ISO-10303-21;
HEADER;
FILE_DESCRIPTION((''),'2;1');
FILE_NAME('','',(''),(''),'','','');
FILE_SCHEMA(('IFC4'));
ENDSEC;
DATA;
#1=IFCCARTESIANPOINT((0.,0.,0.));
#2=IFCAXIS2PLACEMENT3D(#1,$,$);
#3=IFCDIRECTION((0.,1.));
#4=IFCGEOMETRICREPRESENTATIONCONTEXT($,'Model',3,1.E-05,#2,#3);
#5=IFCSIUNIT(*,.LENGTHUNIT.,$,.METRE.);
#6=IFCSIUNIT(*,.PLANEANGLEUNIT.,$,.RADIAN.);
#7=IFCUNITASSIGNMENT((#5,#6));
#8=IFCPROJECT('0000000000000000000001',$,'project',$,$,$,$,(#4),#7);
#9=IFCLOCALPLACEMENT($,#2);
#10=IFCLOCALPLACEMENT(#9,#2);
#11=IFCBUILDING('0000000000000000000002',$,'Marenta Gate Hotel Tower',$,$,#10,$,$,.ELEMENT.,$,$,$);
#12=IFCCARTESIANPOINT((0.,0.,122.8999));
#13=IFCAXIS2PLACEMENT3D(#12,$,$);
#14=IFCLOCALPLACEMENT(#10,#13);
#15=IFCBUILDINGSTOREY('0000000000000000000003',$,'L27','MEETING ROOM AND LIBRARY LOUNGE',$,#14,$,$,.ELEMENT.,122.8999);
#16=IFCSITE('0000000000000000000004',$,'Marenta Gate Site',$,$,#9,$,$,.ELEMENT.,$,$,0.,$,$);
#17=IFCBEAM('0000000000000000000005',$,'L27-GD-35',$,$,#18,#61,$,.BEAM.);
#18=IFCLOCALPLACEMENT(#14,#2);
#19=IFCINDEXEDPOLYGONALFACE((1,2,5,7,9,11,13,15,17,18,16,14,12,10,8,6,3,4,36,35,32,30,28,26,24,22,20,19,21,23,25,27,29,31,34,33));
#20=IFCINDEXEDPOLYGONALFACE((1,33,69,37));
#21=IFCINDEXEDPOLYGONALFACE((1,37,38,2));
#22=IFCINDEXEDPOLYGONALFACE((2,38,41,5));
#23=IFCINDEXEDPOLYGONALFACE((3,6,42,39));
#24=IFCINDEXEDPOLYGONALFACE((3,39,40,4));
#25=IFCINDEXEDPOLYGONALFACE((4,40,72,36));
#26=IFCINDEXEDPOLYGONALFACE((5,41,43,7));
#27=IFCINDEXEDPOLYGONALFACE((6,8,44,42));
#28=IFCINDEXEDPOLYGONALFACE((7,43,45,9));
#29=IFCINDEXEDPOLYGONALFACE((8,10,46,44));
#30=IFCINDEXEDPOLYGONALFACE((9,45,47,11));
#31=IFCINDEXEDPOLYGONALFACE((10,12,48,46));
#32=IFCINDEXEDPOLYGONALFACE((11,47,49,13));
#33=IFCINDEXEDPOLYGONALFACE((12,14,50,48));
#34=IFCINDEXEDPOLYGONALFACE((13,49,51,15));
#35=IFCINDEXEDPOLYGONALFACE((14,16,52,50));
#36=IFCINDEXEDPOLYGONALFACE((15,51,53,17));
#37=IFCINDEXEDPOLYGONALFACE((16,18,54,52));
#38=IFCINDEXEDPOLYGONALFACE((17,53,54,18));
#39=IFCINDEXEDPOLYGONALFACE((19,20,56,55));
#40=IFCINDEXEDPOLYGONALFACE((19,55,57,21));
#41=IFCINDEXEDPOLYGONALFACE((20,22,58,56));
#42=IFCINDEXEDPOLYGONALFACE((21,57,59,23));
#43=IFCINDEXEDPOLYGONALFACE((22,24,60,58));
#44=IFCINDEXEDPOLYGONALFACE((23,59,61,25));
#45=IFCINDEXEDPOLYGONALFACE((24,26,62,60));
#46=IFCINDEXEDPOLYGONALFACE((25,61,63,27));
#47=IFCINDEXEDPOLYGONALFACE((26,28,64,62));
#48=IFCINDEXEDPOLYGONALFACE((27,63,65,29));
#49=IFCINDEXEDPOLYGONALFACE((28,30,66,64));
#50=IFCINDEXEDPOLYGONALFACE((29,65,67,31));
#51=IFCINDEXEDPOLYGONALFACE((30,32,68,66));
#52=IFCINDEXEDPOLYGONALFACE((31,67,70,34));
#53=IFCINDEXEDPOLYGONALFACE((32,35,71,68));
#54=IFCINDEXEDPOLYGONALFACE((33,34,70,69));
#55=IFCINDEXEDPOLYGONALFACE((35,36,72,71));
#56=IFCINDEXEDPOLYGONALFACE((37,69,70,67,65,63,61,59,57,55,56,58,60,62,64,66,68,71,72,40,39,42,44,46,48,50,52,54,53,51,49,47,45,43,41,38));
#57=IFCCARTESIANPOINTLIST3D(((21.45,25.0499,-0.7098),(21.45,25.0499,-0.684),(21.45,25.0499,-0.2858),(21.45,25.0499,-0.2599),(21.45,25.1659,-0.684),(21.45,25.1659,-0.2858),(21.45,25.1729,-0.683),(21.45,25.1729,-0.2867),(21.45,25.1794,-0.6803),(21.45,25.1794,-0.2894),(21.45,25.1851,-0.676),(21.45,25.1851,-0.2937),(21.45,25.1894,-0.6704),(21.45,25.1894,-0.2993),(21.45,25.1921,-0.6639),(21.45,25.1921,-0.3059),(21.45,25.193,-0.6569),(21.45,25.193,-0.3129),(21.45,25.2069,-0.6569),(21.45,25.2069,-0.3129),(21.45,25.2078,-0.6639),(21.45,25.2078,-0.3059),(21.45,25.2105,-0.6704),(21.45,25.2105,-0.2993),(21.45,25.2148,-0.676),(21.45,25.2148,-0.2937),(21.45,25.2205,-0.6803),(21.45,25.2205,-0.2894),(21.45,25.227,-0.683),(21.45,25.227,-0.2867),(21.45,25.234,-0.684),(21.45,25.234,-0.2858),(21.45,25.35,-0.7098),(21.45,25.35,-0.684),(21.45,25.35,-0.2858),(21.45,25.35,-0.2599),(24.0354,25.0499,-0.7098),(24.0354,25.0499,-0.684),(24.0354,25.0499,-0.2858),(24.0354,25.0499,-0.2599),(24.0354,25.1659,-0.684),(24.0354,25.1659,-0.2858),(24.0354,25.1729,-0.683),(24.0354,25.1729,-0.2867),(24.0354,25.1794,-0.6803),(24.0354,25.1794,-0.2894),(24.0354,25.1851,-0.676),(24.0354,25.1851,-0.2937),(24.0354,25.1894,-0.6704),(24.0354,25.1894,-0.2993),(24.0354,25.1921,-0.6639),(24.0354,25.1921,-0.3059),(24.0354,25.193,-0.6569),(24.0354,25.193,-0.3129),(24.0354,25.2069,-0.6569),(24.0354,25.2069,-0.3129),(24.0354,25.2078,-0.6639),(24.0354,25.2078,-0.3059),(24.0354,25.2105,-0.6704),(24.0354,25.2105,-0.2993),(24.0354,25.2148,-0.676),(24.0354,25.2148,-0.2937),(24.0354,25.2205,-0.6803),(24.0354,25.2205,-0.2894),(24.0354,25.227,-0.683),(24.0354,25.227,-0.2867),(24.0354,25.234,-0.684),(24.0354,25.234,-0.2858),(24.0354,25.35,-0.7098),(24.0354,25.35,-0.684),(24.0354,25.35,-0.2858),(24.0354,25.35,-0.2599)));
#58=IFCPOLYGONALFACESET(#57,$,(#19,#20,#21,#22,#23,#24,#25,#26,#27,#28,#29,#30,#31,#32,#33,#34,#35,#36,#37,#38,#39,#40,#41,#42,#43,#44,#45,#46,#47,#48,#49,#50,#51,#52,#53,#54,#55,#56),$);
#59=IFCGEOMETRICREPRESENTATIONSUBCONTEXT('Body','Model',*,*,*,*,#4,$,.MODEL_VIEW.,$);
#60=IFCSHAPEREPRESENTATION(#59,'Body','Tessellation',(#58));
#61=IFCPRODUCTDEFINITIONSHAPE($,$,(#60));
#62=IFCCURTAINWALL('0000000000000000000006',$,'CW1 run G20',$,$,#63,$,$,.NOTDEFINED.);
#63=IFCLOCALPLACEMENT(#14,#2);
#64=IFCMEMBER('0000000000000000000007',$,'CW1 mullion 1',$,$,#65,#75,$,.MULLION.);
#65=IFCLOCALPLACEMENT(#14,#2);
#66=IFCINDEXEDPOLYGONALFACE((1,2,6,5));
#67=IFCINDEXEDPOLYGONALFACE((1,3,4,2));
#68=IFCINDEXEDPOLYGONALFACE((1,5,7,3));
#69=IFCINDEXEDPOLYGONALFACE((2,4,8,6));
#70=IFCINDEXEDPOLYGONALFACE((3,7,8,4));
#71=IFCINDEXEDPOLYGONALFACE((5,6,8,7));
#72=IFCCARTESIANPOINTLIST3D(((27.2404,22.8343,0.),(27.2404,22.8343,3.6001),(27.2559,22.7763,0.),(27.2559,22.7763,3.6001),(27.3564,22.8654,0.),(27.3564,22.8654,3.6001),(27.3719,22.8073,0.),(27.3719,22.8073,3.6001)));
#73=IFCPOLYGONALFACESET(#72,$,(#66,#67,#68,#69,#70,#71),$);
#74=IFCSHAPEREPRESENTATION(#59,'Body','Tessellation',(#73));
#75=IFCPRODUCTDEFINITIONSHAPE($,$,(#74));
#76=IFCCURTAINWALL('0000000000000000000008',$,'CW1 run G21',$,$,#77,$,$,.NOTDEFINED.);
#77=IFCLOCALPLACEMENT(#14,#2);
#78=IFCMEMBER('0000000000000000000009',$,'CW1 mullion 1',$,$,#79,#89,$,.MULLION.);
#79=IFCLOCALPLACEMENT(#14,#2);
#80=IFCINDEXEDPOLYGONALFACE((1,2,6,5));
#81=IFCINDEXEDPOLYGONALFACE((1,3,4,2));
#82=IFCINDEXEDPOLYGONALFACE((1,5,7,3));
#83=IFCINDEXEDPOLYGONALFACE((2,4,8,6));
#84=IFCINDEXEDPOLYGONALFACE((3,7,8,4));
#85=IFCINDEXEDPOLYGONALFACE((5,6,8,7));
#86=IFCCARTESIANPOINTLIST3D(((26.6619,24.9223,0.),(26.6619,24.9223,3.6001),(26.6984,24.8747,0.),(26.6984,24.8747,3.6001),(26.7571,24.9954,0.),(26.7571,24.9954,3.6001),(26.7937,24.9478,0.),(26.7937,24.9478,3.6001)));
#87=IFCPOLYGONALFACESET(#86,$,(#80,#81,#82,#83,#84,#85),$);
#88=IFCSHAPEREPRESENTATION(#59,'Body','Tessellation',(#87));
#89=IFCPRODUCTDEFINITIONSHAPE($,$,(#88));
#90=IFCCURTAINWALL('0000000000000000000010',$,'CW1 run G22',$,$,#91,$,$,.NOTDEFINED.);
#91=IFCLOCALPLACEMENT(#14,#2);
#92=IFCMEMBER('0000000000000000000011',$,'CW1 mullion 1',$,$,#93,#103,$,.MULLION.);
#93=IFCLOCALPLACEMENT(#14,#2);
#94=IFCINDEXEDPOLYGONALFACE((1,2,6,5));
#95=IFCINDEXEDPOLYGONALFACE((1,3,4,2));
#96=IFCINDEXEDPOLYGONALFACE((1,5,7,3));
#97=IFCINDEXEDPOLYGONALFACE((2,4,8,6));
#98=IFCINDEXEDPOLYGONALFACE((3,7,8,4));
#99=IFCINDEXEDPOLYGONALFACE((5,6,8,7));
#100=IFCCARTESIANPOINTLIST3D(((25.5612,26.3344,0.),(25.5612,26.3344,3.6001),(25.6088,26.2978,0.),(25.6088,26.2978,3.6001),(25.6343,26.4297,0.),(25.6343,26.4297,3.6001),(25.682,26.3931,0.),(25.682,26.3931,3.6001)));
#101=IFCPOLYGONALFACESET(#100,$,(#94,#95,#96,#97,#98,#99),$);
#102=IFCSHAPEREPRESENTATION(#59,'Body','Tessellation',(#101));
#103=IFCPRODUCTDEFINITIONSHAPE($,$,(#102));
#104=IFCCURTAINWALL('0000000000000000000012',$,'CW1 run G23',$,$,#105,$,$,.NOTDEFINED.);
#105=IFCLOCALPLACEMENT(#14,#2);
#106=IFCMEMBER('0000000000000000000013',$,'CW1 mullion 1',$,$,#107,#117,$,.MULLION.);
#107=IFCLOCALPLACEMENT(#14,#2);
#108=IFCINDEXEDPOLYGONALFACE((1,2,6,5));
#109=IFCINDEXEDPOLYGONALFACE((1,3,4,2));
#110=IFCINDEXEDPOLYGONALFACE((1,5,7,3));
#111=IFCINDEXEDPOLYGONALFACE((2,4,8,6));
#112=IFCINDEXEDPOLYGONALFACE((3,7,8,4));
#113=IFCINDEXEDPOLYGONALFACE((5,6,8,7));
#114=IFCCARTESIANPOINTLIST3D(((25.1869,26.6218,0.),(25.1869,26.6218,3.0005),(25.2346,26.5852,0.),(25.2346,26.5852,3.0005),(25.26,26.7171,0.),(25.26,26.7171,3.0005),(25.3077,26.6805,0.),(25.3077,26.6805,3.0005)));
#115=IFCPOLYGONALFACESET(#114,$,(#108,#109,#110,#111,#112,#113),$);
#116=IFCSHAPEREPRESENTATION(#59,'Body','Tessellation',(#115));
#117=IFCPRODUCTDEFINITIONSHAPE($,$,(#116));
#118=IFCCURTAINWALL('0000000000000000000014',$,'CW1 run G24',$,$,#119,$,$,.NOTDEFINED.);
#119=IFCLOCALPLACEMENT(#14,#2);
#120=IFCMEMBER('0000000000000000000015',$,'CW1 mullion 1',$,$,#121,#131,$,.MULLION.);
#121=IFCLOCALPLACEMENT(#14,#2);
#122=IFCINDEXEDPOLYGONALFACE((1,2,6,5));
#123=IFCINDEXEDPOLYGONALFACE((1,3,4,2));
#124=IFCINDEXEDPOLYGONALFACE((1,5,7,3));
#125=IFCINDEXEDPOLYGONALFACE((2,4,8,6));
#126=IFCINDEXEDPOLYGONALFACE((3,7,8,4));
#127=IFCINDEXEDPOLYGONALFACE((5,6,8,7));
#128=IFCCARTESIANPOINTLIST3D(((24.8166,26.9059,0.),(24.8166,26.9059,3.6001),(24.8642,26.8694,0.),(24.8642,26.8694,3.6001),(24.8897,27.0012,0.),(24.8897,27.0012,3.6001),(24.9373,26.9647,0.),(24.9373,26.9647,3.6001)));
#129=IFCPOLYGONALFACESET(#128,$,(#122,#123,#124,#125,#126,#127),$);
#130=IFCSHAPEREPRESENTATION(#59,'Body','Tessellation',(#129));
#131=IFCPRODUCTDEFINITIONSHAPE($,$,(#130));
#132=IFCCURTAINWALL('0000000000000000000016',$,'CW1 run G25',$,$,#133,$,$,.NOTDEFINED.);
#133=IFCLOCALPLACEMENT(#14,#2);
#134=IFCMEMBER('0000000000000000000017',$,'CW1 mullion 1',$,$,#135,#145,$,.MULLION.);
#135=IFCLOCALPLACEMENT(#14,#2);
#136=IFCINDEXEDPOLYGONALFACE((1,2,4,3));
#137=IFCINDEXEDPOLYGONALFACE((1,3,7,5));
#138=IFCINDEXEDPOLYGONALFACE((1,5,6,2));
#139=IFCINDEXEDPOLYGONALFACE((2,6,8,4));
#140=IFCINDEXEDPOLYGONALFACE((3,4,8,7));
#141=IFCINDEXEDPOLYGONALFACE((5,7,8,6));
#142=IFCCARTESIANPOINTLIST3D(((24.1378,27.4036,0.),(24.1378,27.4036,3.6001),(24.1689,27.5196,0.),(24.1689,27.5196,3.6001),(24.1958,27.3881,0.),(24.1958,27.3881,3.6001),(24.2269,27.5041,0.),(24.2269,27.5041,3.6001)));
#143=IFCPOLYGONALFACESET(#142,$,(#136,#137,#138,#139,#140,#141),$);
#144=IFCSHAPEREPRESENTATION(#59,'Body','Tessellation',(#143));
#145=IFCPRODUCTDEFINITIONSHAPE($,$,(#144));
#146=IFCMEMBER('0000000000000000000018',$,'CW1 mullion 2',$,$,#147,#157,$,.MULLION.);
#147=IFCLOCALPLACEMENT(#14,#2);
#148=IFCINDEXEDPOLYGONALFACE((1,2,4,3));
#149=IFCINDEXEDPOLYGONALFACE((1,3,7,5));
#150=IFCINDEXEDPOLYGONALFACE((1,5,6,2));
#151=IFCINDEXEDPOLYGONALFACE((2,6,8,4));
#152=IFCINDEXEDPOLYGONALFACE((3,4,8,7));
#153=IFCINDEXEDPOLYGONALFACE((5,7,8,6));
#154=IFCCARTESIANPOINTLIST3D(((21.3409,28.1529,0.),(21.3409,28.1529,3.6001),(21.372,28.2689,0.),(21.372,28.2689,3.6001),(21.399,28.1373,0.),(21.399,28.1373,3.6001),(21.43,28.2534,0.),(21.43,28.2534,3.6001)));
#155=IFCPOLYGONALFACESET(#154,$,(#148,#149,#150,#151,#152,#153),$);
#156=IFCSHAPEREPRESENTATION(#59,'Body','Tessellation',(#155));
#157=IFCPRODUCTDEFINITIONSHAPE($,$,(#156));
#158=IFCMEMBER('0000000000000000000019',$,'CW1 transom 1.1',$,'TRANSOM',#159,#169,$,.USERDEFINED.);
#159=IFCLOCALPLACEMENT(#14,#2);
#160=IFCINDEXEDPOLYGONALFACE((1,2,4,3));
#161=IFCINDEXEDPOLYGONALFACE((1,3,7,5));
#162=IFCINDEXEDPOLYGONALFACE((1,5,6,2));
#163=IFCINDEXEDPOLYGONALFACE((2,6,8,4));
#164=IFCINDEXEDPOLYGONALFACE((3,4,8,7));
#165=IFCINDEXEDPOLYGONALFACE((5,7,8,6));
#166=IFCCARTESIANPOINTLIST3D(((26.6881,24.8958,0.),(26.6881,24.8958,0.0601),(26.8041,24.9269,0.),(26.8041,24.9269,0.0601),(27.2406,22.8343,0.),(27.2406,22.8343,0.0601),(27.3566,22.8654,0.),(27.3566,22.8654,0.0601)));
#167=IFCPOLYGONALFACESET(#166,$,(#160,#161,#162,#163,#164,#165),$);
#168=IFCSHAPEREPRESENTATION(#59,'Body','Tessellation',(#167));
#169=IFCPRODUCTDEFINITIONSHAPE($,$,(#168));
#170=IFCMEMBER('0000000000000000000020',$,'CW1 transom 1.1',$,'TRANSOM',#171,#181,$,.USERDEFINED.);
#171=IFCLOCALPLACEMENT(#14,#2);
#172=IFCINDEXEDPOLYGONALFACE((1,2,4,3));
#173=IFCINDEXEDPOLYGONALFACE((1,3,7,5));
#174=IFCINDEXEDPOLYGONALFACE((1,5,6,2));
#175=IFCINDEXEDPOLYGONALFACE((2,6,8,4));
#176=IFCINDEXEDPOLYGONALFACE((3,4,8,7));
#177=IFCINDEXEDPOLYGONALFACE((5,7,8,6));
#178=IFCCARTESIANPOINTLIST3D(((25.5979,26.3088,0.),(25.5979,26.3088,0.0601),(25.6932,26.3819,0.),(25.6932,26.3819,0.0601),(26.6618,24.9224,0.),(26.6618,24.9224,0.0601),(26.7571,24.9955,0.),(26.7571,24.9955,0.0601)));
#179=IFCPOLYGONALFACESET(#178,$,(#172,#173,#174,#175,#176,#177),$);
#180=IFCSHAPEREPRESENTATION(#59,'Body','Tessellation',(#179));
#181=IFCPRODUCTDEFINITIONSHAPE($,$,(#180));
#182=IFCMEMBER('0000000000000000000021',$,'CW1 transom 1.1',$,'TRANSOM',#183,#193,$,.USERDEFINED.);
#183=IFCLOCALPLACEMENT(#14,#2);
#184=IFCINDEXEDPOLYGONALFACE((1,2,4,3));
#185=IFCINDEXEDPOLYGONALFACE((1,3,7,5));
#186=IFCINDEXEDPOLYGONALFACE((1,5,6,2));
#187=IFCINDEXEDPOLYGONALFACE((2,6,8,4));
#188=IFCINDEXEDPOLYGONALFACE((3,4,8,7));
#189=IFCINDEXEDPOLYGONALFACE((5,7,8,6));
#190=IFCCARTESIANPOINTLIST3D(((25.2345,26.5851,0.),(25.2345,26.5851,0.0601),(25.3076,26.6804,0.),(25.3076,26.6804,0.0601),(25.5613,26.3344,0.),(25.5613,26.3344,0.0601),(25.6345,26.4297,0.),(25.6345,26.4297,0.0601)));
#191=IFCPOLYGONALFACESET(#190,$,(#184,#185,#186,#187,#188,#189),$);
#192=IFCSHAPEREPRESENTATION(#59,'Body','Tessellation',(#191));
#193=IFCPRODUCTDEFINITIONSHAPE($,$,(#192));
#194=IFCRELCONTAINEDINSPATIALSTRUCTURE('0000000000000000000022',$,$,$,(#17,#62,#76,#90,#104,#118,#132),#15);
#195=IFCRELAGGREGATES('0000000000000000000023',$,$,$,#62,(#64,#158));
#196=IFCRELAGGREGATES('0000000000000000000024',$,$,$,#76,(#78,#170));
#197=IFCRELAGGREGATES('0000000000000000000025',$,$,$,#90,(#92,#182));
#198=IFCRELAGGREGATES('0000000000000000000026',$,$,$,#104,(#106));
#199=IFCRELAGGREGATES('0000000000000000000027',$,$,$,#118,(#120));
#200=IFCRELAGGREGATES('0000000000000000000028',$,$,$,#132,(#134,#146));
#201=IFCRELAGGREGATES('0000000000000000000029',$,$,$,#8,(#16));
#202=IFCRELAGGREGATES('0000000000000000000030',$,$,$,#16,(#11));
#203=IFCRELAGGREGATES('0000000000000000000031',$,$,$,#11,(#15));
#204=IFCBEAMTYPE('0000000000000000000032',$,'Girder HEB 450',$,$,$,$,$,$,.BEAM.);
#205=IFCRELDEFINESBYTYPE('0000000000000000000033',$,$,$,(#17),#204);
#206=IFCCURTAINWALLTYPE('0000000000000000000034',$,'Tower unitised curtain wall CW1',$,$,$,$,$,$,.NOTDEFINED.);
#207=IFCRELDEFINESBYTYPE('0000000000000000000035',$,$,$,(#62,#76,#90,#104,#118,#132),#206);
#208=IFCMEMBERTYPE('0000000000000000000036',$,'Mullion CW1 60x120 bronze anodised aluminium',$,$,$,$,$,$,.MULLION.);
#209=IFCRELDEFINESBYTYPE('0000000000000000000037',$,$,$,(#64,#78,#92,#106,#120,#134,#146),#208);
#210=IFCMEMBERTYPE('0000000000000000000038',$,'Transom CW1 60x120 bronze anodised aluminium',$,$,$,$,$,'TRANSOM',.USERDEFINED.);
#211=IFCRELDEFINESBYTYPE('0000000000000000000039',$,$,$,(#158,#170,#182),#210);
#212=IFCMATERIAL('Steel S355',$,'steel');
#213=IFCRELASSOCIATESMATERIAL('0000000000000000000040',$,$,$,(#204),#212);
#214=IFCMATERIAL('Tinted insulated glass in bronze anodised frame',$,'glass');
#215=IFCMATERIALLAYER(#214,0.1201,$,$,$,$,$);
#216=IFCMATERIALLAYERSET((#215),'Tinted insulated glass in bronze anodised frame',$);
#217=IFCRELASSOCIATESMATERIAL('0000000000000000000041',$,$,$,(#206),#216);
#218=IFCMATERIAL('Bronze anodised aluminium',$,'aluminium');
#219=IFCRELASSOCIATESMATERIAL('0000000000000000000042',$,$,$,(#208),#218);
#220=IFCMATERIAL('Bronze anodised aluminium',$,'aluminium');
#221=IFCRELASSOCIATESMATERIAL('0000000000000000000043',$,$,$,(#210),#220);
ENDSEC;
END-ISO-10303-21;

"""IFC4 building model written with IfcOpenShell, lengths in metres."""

from ifc_helpers import new_model, si_unit, direction, frame, origin, origin_2d, place, context, subcontext, project, spatial, rectangle, i_section, extrude, material, layer, layer_set, material_profile, profile_set, type_object, element, aggregate, save


model = new_model("IFC4")

# Units and contexts
model_context = context("Model", 3, precision=1e-05, world=origin(), true_north=direction((0.0, 1.0)))
body_context = subcontext(model_context, "Body", "Model", "MODEL_VIEW")
ifc_project = project(units=[si_unit("LENGTHUNIT", "METRE"), si_unit("PLANEANGLEUNIT", "RADIAN")], contexts=[model_context])

# Site, building, storey
site_placement = place(None, origin())
site = spatial("IfcSite", under=ifc_project, at=site_placement, Name="Marenta Gate Site", CompositionType="ELEMENT", RefElevation=0.0)
building_placement = place(site_placement, origin())
building = spatial("IfcBuilding", under=site, at=building_placement, Name="Marenta Gate Hotel Tower", CompositionType="ELEMENT")
storey_placement = place(building_placement, frame((0.0, 0.0, 122.8999)))
storey = spatial("IfcBuildingStorey", under=building, at=storey_placement, Name="L27", Description="MEETING ROOM AND LIBRARY LOUNGE", CompositionType="ELEMENT", Elevation=122.8999)

# Beam
ifc_material_1 = material(Name="Steel S355", Category="steel")
ifc_material_profile_1 = material_profile(ifc_material_1, i_section(OverallWidth=0.3, OverallDepth=0.45, WebThickness=0.0139, FlangeThickness=0.0259, FilletRadius=0.0271, at=origin_2d()), Name="HEB 450")
ifc_profile_set_1 = profile_set([ifc_material_profile_1], Name="Steel S355")
beam_type_1 = type_object("IfcBeamType", Name="Girder HEB 450", PredefinedType="BEAM", material=ifc_profile_set_1)
beam_1_placement = place(storey_placement, frame((21.45, 25.2, -0.4849), z_axis=(1.0, 0.0, 0.0), x_axis=(0.0, 1.0, 0.0)))
element("IfcBeam", 1, at=beam_1_placement, inside=storey, type_object=beam_type_1, Name="L27-GD-35", PredefinedType="BEAM", context=body_context, shape_type="SweptSolid", body=[
    extrude(i_section(OverallWidth=0.3, OverallDepth=0.45, WebThickness=0.0139, FlangeThickness=0.0259, FilletRadius=0.0271, at=origin_2d()), origin(), (0.0, 0.0, 1.0), 2.5854),
])

# Curtain walls, members
ifc_material_2 = material(Name="Tinted insulated glass in bronze anodised frame", Category="glass")
ifc_layer_1 = layer(ifc_material_2, 0.1201)
ifc_layer_set_1 = layer_set([ifc_layer_1], Name="Tinted insulated glass in bronze anodised frame")
curtain_wall_type = type_object("IfcCurtainWallType", Name="Tower unitised curtain wall CW1", PredefinedType="NOTDEFINED", material=ifc_layer_set_1)
curtain_wall_1_placement = place(storey_placement, origin())
curtain_wall_1 = element("IfcCurtainWall", 2, at=curtain_wall_1_placement, inside=storey, type_object=curtain_wall_type, Name="CW1 run G20", PredefinedType="NOTDEFINED")
ifc_material_3 = material(Name="Bronze anodised aluminium", Category="aluminium")
ifc_material_profile_2 = material_profile(ifc_material_3, rectangle(XDim=0.1201, YDim=0.0601, at=origin_2d()), Name="Mullion CW1 60x120 bronze anodised aluminium")
ifc_profile_set_2 = profile_set([ifc_material_profile_2], Name="Bronze anodised aluminium")
member_type_1 = type_object("IfcMemberType", Name="Mullion CW1 60x120 bronze anodised aluminium", PredefinedType="MULLION", material=ifc_profile_set_2)
member_1_placement = place(storey_placement, frame((27.3062, 22.8208, 0.0), z_axis=(0.0, 0.0, 1.0), x_axis=(-0.965925, -0.258823, 0.0)))
member_1 = element("IfcMember", 3, at=member_1_placement, type_object=member_type_1, Name="CW1 mullion 1", PredefinedType="MULLION", context=body_context, shape_type="SweptSolid", body=[
    extrude(rectangle(XDim=0.1201, YDim=0.0601, at=origin_2d()), origin(), (0.0, 0.0, 1.0), 3.6001),
])
curtain_wall_2_placement = place(storey_placement, origin())
curtain_wall_2 = element("IfcCurtainWall", 4, at=curtain_wall_2_placement, inside=storey, type_object=curtain_wall_type, Name="CW1 run G21", PredefinedType="NOTDEFINED")
member_2_placement = place(storey_placement, frame((26.7278, 24.9351, 0.0), z_axis=(0.0, 0.0, 1.0), x_axis=(-0.793327, -0.608796, 0.0)))
member_2 = element("IfcMember", 5, at=member_2_placement, type_object=member_type_1, Name="CW1 mullion 1", PredefinedType="MULLION", context=body_context, shape_type="SweptSolid", body=[
    extrude(rectangle(XDim=0.1201, YDim=0.0601, at=origin_2d()), origin(), (0.0, 0.0, 1.0), 3.6001),
])
curtain_wall_3_placement = place(storey_placement, origin())
curtain_wall_3 = element("IfcCurtainWall", 6, at=curtain_wall_3_placement, inside=storey, type_object=curtain_wall_type, Name="CW1 run G22", PredefinedType="NOTDEFINED")
member_3_placement = place(storey_placement, frame((25.6216, 26.3638, 0.0), z_axis=(0.0, 0.0, 1.0), x_axis=(-0.608778, -0.79334, 0.0)))
member_3 = element("IfcMember", 7, at=member_3_placement, type_object=member_type_1, Name="CW1 mullion 1", PredefinedType="MULLION", context=body_context, shape_type="SweptSolid", body=[
    extrude(rectangle(XDim=0.1201, YDim=0.0601, at=origin_2d()), origin(), (0.0, 0.0, 1.0), 3.6001),
])
curtain_wall_4_placement = place(storey_placement, origin())
curtain_wall_4 = element("IfcCurtainWall", 8, at=curtain_wall_4_placement, inside=storey, type_object=curtain_wall_type, Name="CW1 run G23", PredefinedType="NOTDEFINED")
member_4_placement = place(storey_placement, frame((25.2473, 26.6511, 0.0), z_axis=(0.0, 0.0, 1.0), x_axis=(-0.608737, -0.793372, 0.0)))
member_4 = element("IfcMember", 9, at=member_4_placement, type_object=member_type_1, Name="CW1 mullion 1", PredefinedType="MULLION", context=body_context, shape_type="SweptSolid", body=[
    extrude(rectangle(XDim=0.1201, YDim=0.0601, at=origin_2d()), origin(), (0.0, 0.0, 1.0), 3.0005),
])
curtain_wall_5_placement = place(storey_placement, origin())
curtain_wall_5 = element("IfcCurtainWall", 10, at=curtain_wall_5_placement, inside=storey, type_object=curtain_wall_type, Name="CW1 run G24", PredefinedType="NOTDEFINED")
member_5_placement = place(storey_placement, frame((24.877, 26.9353, 0.0), z_axis=(0.0, 0.0, 1.0), x_axis=(-0.608837, -0.793295, 0.0)))
member_5 = element("IfcMember", 11, at=member_5_placement, type_object=member_type_1, Name="CW1 mullion 1", PredefinedType="MULLION", context=body_context, shape_type="SweptSolid", body=[
    extrude(rectangle(XDim=0.1201, YDim=0.0601, at=origin_2d()), origin(), (0.0, 0.0, 1.0), 3.6001),
])

# Curtain wall, members
curtain_wall_6_placement = place(storey_placement, origin())
curtain_wall_6 = element("IfcCurtainWall", 12, at=curtain_wall_6_placement, inside=storey, type_object=curtain_wall_type, Name="CW1 run G25", PredefinedType="NOTDEFINED")
member_6_placement = place(storey_placement, frame((24.1824, 27.4539, 0.0), z_axis=(0.0, 0.0, 1.0), x_axis=(-0.258806, -0.965929, 0.0)))
member_6 = element("IfcMember", 13, at=member_6_placement, type_object=member_type_1, Name="CW1 mullion 1", PredefinedType="MULLION", context=body_context, shape_type="SweptSolid", body=[
    extrude(rectangle(XDim=0.1201, YDim=0.0601, at=origin_2d()), origin(), (0.0, 0.0, 1.0), 3.6001),
])
member_7_placement = place(storey_placement, frame((21.3855, 28.2031, 0.0), z_axis=(0.0, 0.0, 1.0), x_axis=(-0.258806, -0.965929, 0.0)))
member_7 = element("IfcMember", 14, at=member_7_placement, type_object=member_type_1, Name="CW1 mullion 2", PredefinedType="MULLION", context=body_context, shape_type="SweptSolid", body=[
    extrude(rectangle(XDim=0.1201, YDim=0.0601, at=origin_2d()), origin(), (0.0, 0.0, 1.0), 3.6001),
])

# Members
ifc_material_4 = material(Name="Bronze anodised aluminium", Category="aluminium")
ifc_material_profile_3 = material_profile(ifc_material_4, rectangle(XDim=0.1201, YDim=0.0601, at=origin_2d()), Name="Transom CW1 60x120 bronze anodised aluminium")
ifc_profile_set_3 = profile_set([ifc_material_profile_3], Name="Bronze anodised aluminium")
member_type_2 = type_object("IfcMemberType", Name="Transom CW1 60x120 bronze anodised aluminium", ElementType="TRANSOM", PredefinedType="USERDEFINED", material=ifc_profile_set_3)
member_8_placement = place(storey_placement, frame((27.2986, 22.8499, 0.03), z_axis=(-0.258866, 0.965913, 0.0), x_axis=(-0.965913, -0.258866, 0.0)))
member_8 = element("IfcMember", 15, at=member_8_placement, type_object=member_type_2, Name="CW1 transom 1.1", ObjectType="TRANSOM", PredefinedType="USERDEFINED", context=body_context, shape_type="SweptSolid", body=[
    extrude(rectangle(XDim=0.1201, YDim=0.0601, at=origin_2d()), origin(), (0.0, 0.0, 1.0), 2.1343),
])
member_9_placement = place(storey_placement, frame((26.7095, 24.959, 0.03), z_axis=(-0.608792, 0.79333, 0.0), x_axis=(-0.79333, -0.608792, 0.0)))
member_9 = element("IfcMember", 16, at=member_9_placement, type_object=member_type_2, Name="CW1 transom 1.1", ObjectType="TRANSOM", PredefinedType="USERDEFINED", context=body_context, shape_type="SweptSolid", body=[
    extrude(rectangle(XDim=0.1201, YDim=0.0601, at=origin_2d()), origin(), (0.0, 0.0, 1.0), 1.7476),
])
member_10_placement = place(storey_placement, frame((25.5979, 26.3821, 0.03), z_axis=(-0.793482, 0.608593, 0.0), x_axis=(-0.608593, -0.793482, 0.0)))
member_10 = element("IfcMember", 17, at=member_10_placement, type_object=member_type_2, Name="CW1 transom 1.1", ObjectType="TRANSOM", PredefinedType="USERDEFINED", context=body_context, shape_type="SweptSolid", body=[
    extrude(rectangle(XDim=0.1201, YDim=0.0601, at=origin_2d()), origin(), (0.0, 0.0, 1.0), 0.4119),
])

aggregate(curtain_wall_1, [member_1, member_8])
aggregate(curtain_wall_2, [member_2, member_9])
aggregate(curtain_wall_3, [member_3, member_10])
aggregate(curtain_wall_4, [member_4])
aggregate(curtain_wall_5, [member_5])
aggregate(curtain_wall_6, [member_6, member_7])

save(model, "model.ifc")
